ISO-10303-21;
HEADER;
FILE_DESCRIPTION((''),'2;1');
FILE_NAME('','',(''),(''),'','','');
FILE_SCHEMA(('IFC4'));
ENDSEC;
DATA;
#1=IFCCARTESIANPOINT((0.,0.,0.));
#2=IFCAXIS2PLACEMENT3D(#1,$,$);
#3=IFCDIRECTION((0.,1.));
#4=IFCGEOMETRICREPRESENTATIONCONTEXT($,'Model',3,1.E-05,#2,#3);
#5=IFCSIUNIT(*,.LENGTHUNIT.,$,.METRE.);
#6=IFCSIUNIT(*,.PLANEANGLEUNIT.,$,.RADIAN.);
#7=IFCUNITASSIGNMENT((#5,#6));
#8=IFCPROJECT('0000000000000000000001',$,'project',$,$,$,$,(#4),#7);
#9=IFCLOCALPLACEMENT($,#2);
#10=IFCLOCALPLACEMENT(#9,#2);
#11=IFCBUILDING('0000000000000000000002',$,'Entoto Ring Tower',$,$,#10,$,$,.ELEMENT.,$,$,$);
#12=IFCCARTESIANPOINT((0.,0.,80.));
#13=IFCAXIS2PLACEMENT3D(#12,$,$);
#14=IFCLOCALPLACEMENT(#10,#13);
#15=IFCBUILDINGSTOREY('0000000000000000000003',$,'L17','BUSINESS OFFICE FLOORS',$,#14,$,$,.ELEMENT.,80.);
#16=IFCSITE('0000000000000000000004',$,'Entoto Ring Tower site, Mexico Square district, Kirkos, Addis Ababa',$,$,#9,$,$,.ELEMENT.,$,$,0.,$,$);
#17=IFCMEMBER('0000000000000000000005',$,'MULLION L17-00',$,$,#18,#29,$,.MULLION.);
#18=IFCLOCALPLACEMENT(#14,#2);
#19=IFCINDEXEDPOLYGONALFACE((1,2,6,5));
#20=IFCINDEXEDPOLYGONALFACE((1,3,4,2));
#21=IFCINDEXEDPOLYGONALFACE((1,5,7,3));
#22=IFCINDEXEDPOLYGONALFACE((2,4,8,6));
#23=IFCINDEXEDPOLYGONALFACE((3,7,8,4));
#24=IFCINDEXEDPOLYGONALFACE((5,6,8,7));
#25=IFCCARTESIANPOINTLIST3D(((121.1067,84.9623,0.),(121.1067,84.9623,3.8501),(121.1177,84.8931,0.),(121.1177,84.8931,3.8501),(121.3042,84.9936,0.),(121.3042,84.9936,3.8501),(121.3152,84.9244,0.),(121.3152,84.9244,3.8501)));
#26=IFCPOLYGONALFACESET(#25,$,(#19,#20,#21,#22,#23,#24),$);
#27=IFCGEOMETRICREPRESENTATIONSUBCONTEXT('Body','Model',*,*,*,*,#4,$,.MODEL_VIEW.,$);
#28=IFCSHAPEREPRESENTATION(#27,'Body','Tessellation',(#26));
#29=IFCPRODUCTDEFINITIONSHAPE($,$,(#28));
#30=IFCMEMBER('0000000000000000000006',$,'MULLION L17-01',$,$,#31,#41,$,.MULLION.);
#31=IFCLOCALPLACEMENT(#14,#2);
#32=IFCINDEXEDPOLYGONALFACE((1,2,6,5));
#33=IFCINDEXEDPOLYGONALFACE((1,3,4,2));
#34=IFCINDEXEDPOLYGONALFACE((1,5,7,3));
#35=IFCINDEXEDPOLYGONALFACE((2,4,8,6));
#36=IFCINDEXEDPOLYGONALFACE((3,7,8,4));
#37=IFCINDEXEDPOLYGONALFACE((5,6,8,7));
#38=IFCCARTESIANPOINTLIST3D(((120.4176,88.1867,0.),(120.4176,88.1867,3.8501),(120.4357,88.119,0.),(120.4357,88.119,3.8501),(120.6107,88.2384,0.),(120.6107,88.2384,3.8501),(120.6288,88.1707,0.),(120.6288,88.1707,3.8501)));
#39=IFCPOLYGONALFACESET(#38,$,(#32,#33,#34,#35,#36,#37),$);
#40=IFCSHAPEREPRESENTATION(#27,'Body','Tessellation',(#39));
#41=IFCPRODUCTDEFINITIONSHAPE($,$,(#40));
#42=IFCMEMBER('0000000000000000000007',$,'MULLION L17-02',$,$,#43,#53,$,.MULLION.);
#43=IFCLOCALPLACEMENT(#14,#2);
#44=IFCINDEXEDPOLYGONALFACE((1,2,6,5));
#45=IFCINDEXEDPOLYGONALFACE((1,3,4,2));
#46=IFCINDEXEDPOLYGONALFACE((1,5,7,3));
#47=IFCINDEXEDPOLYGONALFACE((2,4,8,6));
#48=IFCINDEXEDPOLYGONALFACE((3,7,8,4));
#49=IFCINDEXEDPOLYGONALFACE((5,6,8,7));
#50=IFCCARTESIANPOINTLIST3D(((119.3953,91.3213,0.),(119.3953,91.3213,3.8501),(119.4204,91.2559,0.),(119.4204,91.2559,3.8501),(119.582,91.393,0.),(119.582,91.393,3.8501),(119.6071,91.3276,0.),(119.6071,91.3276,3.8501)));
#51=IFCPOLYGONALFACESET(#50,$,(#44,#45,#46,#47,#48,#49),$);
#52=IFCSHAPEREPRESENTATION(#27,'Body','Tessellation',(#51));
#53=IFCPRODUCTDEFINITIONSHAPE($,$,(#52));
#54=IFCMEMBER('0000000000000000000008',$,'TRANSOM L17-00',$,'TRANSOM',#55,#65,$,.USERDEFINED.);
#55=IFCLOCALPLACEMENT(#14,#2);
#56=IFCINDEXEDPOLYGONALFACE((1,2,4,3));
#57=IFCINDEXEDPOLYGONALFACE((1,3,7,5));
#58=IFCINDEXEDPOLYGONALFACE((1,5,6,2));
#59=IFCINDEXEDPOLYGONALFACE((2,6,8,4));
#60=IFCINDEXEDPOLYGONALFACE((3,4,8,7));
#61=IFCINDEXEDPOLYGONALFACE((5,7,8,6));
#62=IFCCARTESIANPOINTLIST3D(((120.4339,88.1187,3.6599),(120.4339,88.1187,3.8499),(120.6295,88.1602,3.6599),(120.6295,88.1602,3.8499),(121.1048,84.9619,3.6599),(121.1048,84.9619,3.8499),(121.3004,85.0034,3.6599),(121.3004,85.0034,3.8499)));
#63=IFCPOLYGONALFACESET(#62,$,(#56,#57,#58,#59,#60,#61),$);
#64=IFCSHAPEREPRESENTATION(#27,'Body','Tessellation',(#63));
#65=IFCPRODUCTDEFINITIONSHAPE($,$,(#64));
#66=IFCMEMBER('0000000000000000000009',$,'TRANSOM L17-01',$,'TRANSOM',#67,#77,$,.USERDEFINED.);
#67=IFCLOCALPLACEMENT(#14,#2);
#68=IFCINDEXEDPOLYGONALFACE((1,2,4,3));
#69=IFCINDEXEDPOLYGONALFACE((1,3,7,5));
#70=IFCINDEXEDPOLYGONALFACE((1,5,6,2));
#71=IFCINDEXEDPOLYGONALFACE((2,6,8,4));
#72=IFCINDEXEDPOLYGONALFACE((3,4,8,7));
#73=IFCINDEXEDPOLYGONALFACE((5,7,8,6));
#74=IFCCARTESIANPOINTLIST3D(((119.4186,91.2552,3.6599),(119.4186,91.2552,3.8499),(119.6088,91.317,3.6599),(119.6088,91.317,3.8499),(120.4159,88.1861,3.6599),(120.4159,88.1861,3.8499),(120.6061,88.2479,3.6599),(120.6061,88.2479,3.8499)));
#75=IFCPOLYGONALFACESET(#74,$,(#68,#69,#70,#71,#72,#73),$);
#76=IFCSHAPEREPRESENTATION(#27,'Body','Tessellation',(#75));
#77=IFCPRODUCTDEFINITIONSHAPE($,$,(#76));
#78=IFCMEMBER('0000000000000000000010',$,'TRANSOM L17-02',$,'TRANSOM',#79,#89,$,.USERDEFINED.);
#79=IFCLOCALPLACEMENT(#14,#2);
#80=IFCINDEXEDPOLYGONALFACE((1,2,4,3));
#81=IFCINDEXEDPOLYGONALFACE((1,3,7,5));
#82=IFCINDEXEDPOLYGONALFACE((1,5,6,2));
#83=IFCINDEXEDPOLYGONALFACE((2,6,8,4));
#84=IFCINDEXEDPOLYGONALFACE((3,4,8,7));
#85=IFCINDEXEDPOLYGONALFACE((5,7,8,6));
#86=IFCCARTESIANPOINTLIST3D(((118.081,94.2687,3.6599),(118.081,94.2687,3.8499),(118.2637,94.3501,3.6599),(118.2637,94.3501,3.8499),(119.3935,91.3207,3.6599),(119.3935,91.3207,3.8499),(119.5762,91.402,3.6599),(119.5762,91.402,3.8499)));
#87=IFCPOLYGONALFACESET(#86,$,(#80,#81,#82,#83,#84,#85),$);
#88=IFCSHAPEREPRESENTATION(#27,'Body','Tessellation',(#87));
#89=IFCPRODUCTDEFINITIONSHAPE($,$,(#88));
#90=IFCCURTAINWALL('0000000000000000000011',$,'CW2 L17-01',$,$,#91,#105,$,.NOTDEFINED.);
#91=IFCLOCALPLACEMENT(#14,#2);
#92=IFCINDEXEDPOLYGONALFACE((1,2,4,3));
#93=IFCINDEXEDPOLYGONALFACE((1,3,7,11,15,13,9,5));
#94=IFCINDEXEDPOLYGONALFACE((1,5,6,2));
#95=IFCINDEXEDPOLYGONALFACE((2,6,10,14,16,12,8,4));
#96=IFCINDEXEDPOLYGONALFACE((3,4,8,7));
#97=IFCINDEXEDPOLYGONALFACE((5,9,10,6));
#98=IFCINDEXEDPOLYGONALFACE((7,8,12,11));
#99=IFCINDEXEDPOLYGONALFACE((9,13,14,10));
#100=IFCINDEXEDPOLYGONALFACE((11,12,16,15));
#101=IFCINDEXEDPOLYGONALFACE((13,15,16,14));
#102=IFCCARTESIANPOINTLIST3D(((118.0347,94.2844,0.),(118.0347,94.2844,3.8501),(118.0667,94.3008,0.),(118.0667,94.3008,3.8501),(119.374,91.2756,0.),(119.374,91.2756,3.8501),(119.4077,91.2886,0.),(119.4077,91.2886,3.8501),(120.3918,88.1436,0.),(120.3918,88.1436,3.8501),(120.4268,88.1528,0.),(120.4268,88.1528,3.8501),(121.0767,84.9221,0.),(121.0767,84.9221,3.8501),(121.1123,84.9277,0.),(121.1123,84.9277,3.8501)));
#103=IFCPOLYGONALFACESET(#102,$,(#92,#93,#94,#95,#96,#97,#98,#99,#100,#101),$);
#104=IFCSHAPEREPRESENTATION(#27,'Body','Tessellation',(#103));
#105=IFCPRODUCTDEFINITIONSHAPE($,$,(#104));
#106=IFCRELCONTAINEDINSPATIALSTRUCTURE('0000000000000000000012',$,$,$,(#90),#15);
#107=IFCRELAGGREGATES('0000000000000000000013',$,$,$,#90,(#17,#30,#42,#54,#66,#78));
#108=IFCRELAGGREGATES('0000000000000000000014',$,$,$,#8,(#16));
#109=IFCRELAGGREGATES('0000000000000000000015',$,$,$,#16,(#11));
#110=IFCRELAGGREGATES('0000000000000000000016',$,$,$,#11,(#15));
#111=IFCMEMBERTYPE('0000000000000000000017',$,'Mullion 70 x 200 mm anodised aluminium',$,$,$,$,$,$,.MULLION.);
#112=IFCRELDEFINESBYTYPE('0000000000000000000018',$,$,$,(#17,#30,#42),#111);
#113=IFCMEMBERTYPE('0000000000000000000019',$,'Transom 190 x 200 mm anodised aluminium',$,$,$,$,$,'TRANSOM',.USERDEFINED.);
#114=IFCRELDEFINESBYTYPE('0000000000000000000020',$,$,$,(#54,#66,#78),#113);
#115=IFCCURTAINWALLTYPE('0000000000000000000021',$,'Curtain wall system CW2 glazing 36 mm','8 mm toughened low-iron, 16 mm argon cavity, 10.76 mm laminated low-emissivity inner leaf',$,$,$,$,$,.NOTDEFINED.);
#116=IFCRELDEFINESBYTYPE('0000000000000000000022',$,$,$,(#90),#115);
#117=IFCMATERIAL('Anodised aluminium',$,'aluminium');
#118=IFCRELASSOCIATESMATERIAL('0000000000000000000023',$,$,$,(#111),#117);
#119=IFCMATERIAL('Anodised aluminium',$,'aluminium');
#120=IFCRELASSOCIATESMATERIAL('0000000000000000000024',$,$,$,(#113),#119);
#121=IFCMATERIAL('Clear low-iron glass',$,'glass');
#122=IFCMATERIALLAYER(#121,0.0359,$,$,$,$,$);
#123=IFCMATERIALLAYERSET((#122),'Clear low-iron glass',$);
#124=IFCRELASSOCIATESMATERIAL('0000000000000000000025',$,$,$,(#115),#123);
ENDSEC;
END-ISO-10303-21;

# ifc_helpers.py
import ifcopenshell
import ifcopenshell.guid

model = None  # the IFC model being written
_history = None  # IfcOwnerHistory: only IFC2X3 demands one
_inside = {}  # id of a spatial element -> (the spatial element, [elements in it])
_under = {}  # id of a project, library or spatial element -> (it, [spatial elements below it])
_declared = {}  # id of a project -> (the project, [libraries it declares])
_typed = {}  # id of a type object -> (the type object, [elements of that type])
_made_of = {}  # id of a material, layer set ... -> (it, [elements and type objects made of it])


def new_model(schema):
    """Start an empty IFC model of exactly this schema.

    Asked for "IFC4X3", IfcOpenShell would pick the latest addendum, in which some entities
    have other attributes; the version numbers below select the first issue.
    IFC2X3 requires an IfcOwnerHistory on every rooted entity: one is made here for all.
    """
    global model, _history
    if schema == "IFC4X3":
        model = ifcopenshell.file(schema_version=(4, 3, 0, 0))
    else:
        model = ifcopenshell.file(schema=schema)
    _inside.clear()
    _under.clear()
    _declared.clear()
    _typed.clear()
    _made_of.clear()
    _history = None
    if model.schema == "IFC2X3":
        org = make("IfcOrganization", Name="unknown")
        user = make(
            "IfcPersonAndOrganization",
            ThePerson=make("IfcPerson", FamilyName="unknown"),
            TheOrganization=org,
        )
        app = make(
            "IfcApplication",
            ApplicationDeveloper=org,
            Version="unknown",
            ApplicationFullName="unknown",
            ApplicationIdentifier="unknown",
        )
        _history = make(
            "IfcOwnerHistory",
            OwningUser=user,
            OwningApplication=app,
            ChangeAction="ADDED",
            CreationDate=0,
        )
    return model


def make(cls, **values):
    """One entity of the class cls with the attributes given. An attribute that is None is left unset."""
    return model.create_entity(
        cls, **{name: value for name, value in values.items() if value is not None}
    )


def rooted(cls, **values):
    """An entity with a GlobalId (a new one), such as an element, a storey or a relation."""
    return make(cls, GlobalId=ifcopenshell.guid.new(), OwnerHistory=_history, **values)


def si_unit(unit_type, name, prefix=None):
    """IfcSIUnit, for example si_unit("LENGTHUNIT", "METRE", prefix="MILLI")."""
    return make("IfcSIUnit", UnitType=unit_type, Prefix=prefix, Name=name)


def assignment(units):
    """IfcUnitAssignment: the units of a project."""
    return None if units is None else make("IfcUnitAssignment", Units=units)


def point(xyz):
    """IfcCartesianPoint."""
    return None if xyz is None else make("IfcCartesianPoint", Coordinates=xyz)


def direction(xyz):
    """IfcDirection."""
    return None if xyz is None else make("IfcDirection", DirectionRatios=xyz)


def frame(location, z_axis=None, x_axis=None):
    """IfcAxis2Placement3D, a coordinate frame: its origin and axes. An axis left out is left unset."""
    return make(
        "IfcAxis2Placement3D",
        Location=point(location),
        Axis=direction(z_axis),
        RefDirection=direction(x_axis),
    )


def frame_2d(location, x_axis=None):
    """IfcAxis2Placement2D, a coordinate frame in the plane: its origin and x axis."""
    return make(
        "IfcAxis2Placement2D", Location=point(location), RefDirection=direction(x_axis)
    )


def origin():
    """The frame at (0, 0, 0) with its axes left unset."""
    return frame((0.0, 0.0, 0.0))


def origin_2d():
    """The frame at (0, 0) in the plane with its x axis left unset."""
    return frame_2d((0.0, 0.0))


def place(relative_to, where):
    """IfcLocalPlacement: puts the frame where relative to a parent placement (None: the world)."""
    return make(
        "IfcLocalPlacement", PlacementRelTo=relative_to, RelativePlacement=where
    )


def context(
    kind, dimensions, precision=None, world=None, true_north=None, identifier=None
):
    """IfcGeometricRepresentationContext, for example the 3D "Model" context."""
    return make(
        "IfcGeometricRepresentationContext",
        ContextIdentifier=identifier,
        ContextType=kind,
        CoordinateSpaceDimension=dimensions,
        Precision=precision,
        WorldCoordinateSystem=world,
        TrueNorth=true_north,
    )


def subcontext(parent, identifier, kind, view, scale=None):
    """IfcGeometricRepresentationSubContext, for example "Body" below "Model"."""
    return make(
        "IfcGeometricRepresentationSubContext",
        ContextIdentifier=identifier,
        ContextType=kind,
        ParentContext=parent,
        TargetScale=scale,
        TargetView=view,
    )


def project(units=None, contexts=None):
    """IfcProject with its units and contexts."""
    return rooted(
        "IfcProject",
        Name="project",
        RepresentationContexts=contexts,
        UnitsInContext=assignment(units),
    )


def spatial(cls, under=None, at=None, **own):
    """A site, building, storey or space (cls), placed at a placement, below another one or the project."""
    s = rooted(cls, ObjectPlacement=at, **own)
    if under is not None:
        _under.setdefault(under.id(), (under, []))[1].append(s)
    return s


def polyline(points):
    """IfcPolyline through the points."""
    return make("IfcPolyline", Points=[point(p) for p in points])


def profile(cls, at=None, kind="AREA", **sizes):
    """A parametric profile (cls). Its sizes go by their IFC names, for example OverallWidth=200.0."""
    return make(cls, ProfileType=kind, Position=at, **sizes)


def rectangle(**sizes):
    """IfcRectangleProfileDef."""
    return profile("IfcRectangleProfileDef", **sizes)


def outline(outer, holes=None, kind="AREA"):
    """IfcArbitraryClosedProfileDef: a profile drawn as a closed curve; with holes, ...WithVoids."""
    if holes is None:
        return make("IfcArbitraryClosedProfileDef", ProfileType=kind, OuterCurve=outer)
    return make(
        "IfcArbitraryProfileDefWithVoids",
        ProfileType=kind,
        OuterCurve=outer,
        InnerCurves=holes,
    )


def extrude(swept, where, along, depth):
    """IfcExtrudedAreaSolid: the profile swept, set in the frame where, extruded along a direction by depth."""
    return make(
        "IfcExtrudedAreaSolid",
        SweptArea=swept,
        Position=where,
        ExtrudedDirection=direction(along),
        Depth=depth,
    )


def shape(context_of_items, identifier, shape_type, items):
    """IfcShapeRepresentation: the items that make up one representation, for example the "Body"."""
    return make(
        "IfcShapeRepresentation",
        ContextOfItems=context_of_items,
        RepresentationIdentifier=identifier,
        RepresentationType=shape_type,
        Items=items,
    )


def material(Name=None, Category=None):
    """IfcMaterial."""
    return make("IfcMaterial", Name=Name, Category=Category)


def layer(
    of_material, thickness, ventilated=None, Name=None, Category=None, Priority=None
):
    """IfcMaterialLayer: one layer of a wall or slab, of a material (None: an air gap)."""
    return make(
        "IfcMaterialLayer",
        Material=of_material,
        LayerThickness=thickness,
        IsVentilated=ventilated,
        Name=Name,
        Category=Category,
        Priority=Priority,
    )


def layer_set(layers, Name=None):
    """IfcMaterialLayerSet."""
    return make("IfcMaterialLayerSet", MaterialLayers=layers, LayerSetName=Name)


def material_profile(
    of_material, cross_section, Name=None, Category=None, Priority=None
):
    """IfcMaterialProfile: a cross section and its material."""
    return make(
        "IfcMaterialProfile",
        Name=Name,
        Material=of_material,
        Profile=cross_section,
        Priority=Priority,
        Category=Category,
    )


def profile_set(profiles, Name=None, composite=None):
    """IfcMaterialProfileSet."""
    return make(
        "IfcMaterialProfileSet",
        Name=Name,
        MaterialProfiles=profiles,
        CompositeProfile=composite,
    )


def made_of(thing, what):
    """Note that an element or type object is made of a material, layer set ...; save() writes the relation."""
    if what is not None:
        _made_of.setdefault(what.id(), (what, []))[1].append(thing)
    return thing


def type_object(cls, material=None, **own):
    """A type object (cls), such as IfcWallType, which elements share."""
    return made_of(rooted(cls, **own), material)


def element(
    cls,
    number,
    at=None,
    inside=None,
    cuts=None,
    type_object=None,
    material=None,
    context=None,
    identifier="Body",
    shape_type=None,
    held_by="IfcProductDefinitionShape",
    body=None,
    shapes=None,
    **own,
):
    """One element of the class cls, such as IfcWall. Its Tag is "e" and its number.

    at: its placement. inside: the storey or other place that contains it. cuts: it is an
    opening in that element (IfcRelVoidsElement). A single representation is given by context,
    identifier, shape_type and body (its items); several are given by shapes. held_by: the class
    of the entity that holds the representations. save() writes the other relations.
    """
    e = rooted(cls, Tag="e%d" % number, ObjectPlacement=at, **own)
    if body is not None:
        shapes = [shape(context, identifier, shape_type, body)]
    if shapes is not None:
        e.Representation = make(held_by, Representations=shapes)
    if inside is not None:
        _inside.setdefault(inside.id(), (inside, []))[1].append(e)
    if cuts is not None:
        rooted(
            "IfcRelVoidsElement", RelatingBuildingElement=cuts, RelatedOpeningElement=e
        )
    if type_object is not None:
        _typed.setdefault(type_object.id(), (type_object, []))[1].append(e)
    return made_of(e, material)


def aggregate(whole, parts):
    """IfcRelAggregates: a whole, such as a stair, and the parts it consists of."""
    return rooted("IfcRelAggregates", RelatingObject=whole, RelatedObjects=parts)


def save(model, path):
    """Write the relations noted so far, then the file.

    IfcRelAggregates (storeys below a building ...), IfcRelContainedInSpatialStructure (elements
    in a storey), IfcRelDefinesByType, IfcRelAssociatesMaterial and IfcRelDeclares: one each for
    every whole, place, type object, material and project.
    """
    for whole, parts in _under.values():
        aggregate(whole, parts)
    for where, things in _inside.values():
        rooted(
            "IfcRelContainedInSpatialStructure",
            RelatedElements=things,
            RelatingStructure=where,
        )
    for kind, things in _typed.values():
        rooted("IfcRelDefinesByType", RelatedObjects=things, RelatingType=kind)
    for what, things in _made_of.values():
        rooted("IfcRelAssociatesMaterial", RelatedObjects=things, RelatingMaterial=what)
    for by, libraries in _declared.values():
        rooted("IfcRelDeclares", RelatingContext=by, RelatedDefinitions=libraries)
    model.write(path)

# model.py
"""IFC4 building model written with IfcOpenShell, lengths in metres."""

from ifc_helpers import new_model, si_unit, direction, frame, origin, origin_2d, place, context, subcontext, project, spatial, polyline, rectangle, outline, extrude, material, layer, layer_set, material_profile, profile_set, type_object, element, aggregate, save


model = new_model("IFC4")

# Units and contexts
model_context = context("Model", 3, precision=1e-05, world=origin(), true_north=direction((0.0, 1.0)))
body_context = subcontext(model_context, "Body", "Model", "MODEL_VIEW")
ifc_project = project(units=[si_unit("LENGTHUNIT", "METRE"), si_unit("PLANEANGLEUNIT", "RADIAN")], contexts=[model_context])

# Members
ifc_material_1 = material(Name="Anodised aluminium", Category="aluminium")
ifc_material_profile_1 = material_profile(ifc_material_1, rectangle(XDim=0.0701, YDim=0.2, at=origin_2d()), Name="Mullion 70 x 200 mm anodised aluminium")
ifc_profile_set_1 = profile_set([ifc_material_profile_1], Name="Anodised aluminium")
member_type_1 = type_object("IfcMemberType", Name="Mullion 70 x 200 mm anodised aluminium", PredefinedType="MULLION", material=ifc_profile_set_1)
site_placement = place(None, origin())
building_placement = place(site_placement, origin())
storey_placement = place(building_placement, frame((0.0, 0.0, 80.0)))
member_1_placement = place(storey_placement, frame((121.2109, 84.9434, 0.0), z_axis=(0.0, 0.0, 1.0), x_axis=(-0.156434, 0.987688, 0.0)))
member_1 = element("IfcMember", 1, at=member_1_placement, type_object=member_type_1, Name="MULLION L17-00", PredefinedType="MULLION", context=body_context, shape_type="SweptSolid", body=[
    extrude(rectangle(XDim=0.0701, YDim=0.2, at=origin_2d()), origin(), (0.0, 0.0, 1.0), 3.8501),
])
member_2_placement = place(storey_placement, frame((120.5232, 88.1787, 0.0), z_axis=(0.0, 0.0, 1.0), x_axis=(-0.258819, 0.965926, 0.0)))
member_2 = element("IfcMember", 2, at=member_2_placement, type_object=member_type_1, Name="MULLION L17-01", PredefinedType="MULLION", context=body_context, shape_type="SweptSolid", body=[
    extrude(rectangle(XDim=0.0701, YDim=0.2, at=origin_2d()), origin(), (0.0, 0.0, 1.0), 3.8501),
])
member_3_placement = place(storey_placement, frame((119.5012, 91.3245, 0.0), z_axis=(0.0, 0.0, 1.0), x_axis=(-0.358368, 0.93358, 0.0)))
member_3 = element("IfcMember", 3, at=member_3_placement, type_object=member_type_1, Name="MULLION L17-02", PredefinedType="MULLION", context=body_context, shape_type="SweptSolid", body=[
    extrude(rectangle(XDim=0.0701, YDim=0.2, at=origin_2d()), origin(), (0.0, 0.0, 1.0), 3.8501),
])
ifc_material_2 = material(Name="Anodised aluminium", Category="aluminium")
ifc_material_profile_2 = material_profile(ifc_material_2, rectangle(XDim=0.2, YDim=0.1899, at=origin_2d()), Name="Transom 190 x 200 mm anodised aluminium")
ifc_profile_set_2 = profile_set([ifc_material_profile_2], Name="Anodised aluminium")
member_type_2 = type_object("IfcMemberType", Name="Transom 190 x 200 mm anodised aluminium", ElementType="TRANSOM", PredefinedType="USERDEFINED", material=ifc_profile_set_2)
member_4_placement = place(storey_placement, frame((121.2026, 84.9827, 3.7549), z_axis=(-0.207886, 0.978153, 0.0), x_axis=(-0.978153, -0.207886, 0.0)))
member_4 = element("IfcMember", 4, at=member_4_placement, type_object=member_type_2, Name="TRANSOM L17-00", ObjectType="TRANSOM", PredefinedType="USERDEFINED", context=body_context, shape_type="SweptSolid", body=[
    extrude(rectangle(XDim=0.2, YDim=0.1899, at=origin_2d()), origin(), (0.0, 0.0, 1.0), 3.2273),
])
member_5_placement = place(storey_placement, frame((120.511, 88.217, 3.7549), z_axis=(-0.309047, 0.951047, 0.0), x_axis=(-0.951047, -0.309047, 0.0)))
member_5 = element("IfcMember", 5, at=member_5_placement, type_object=member_type_2, Name="TRANSOM L17-01", ObjectType="TRANSOM", PredefinedType="USERDEFINED", context=body_context, shape_type="SweptSolid", body=[
    extrude(rectangle(XDim=0.2, YDim=0.1899, at=origin_2d()), origin(), (0.0, 0.0, 1.0), 3.2271),
])
member_6_placement = place(storey_placement, frame((119.4849, 91.3613, 3.7549), z_axis=(-0.406728, 0.913549, 0.0), x_axis=(-0.913549, -0.406728, 0.0)))
member_6 = element("IfcMember", 6, at=member_6_placement, type_object=member_type_2, Name="TRANSOM L17-02", ObjectType="TRANSOM", PredefinedType="USERDEFINED", context=body_context, shape_type="SweptSolid", body=[
    extrude(rectangle(XDim=0.2, YDim=0.1899, at=origin_2d()), origin(), (0.0, 0.0, 1.0), 3.2271),
])

# Site, building, storey
site = spatial("IfcSite", under=ifc_project, at=site_placement, Name="Entoto Ring Tower site, Mexico Square district, Kirkos, Addis Ababa", CompositionType="ELEMENT", RefElevation=0.0)
building = spatial("IfcBuilding", under=site, at=building_placement, Name="Entoto Ring Tower", CompositionType="ELEMENT")
storey = spatial("IfcBuildingStorey", under=building, at=storey_placement, Name="L17", Description="BUSINESS OFFICE FLOORS", CompositionType="ELEMENT", Elevation=80.0)

# Curtain wall
ifc_material_3 = material(Name="Clear low-iron glass", Category="glass")
ifc_layer_1 = layer(ifc_material_3, 0.0359)
ifc_layer_set_1 = layer_set([ifc_layer_1], Name="Clear low-iron glass")
curtain_wall_type = type_object("IfcCurtainWallType", Name="Curtain wall system CW2 glazing 36 mm", Description="8 mm toughened low-iron, 16 mm argon cavity, 10.76 mm laminated low-emissivity inner leaf", PredefinedType="NOTDEFINED", material=ifc_layer_set_1)
curtain_wall_1_placement = place(storey_placement, origin())
curtain_wall_1 = element("IfcCurtainWall", 7, at=curtain_wall_1_placement, inside=storey, type_object=curtain_wall_type, Name="CW2 L17-01", PredefinedType="NOTDEFINED", context=body_context, shape_type="SweptSolid", body=[
    extrude(outline(polyline([(121.1123, 84.9277), (120.4268, 88.1528), (119.4077, 91.2886), (118.0667, 94.3008), (118.0347, 94.2844), (119.374, 91.2756), (120.3918, 88.1436), (121.0767, 84.9221), (121.1123, 84.9277)])), origin(), (0.0, 0.0, 1.0), 3.8501),
])
aggregate(curtain_wall_1, [member_1, member_2, member_3, member_4, member_5, member_6])

save(model, "model.ifc")
